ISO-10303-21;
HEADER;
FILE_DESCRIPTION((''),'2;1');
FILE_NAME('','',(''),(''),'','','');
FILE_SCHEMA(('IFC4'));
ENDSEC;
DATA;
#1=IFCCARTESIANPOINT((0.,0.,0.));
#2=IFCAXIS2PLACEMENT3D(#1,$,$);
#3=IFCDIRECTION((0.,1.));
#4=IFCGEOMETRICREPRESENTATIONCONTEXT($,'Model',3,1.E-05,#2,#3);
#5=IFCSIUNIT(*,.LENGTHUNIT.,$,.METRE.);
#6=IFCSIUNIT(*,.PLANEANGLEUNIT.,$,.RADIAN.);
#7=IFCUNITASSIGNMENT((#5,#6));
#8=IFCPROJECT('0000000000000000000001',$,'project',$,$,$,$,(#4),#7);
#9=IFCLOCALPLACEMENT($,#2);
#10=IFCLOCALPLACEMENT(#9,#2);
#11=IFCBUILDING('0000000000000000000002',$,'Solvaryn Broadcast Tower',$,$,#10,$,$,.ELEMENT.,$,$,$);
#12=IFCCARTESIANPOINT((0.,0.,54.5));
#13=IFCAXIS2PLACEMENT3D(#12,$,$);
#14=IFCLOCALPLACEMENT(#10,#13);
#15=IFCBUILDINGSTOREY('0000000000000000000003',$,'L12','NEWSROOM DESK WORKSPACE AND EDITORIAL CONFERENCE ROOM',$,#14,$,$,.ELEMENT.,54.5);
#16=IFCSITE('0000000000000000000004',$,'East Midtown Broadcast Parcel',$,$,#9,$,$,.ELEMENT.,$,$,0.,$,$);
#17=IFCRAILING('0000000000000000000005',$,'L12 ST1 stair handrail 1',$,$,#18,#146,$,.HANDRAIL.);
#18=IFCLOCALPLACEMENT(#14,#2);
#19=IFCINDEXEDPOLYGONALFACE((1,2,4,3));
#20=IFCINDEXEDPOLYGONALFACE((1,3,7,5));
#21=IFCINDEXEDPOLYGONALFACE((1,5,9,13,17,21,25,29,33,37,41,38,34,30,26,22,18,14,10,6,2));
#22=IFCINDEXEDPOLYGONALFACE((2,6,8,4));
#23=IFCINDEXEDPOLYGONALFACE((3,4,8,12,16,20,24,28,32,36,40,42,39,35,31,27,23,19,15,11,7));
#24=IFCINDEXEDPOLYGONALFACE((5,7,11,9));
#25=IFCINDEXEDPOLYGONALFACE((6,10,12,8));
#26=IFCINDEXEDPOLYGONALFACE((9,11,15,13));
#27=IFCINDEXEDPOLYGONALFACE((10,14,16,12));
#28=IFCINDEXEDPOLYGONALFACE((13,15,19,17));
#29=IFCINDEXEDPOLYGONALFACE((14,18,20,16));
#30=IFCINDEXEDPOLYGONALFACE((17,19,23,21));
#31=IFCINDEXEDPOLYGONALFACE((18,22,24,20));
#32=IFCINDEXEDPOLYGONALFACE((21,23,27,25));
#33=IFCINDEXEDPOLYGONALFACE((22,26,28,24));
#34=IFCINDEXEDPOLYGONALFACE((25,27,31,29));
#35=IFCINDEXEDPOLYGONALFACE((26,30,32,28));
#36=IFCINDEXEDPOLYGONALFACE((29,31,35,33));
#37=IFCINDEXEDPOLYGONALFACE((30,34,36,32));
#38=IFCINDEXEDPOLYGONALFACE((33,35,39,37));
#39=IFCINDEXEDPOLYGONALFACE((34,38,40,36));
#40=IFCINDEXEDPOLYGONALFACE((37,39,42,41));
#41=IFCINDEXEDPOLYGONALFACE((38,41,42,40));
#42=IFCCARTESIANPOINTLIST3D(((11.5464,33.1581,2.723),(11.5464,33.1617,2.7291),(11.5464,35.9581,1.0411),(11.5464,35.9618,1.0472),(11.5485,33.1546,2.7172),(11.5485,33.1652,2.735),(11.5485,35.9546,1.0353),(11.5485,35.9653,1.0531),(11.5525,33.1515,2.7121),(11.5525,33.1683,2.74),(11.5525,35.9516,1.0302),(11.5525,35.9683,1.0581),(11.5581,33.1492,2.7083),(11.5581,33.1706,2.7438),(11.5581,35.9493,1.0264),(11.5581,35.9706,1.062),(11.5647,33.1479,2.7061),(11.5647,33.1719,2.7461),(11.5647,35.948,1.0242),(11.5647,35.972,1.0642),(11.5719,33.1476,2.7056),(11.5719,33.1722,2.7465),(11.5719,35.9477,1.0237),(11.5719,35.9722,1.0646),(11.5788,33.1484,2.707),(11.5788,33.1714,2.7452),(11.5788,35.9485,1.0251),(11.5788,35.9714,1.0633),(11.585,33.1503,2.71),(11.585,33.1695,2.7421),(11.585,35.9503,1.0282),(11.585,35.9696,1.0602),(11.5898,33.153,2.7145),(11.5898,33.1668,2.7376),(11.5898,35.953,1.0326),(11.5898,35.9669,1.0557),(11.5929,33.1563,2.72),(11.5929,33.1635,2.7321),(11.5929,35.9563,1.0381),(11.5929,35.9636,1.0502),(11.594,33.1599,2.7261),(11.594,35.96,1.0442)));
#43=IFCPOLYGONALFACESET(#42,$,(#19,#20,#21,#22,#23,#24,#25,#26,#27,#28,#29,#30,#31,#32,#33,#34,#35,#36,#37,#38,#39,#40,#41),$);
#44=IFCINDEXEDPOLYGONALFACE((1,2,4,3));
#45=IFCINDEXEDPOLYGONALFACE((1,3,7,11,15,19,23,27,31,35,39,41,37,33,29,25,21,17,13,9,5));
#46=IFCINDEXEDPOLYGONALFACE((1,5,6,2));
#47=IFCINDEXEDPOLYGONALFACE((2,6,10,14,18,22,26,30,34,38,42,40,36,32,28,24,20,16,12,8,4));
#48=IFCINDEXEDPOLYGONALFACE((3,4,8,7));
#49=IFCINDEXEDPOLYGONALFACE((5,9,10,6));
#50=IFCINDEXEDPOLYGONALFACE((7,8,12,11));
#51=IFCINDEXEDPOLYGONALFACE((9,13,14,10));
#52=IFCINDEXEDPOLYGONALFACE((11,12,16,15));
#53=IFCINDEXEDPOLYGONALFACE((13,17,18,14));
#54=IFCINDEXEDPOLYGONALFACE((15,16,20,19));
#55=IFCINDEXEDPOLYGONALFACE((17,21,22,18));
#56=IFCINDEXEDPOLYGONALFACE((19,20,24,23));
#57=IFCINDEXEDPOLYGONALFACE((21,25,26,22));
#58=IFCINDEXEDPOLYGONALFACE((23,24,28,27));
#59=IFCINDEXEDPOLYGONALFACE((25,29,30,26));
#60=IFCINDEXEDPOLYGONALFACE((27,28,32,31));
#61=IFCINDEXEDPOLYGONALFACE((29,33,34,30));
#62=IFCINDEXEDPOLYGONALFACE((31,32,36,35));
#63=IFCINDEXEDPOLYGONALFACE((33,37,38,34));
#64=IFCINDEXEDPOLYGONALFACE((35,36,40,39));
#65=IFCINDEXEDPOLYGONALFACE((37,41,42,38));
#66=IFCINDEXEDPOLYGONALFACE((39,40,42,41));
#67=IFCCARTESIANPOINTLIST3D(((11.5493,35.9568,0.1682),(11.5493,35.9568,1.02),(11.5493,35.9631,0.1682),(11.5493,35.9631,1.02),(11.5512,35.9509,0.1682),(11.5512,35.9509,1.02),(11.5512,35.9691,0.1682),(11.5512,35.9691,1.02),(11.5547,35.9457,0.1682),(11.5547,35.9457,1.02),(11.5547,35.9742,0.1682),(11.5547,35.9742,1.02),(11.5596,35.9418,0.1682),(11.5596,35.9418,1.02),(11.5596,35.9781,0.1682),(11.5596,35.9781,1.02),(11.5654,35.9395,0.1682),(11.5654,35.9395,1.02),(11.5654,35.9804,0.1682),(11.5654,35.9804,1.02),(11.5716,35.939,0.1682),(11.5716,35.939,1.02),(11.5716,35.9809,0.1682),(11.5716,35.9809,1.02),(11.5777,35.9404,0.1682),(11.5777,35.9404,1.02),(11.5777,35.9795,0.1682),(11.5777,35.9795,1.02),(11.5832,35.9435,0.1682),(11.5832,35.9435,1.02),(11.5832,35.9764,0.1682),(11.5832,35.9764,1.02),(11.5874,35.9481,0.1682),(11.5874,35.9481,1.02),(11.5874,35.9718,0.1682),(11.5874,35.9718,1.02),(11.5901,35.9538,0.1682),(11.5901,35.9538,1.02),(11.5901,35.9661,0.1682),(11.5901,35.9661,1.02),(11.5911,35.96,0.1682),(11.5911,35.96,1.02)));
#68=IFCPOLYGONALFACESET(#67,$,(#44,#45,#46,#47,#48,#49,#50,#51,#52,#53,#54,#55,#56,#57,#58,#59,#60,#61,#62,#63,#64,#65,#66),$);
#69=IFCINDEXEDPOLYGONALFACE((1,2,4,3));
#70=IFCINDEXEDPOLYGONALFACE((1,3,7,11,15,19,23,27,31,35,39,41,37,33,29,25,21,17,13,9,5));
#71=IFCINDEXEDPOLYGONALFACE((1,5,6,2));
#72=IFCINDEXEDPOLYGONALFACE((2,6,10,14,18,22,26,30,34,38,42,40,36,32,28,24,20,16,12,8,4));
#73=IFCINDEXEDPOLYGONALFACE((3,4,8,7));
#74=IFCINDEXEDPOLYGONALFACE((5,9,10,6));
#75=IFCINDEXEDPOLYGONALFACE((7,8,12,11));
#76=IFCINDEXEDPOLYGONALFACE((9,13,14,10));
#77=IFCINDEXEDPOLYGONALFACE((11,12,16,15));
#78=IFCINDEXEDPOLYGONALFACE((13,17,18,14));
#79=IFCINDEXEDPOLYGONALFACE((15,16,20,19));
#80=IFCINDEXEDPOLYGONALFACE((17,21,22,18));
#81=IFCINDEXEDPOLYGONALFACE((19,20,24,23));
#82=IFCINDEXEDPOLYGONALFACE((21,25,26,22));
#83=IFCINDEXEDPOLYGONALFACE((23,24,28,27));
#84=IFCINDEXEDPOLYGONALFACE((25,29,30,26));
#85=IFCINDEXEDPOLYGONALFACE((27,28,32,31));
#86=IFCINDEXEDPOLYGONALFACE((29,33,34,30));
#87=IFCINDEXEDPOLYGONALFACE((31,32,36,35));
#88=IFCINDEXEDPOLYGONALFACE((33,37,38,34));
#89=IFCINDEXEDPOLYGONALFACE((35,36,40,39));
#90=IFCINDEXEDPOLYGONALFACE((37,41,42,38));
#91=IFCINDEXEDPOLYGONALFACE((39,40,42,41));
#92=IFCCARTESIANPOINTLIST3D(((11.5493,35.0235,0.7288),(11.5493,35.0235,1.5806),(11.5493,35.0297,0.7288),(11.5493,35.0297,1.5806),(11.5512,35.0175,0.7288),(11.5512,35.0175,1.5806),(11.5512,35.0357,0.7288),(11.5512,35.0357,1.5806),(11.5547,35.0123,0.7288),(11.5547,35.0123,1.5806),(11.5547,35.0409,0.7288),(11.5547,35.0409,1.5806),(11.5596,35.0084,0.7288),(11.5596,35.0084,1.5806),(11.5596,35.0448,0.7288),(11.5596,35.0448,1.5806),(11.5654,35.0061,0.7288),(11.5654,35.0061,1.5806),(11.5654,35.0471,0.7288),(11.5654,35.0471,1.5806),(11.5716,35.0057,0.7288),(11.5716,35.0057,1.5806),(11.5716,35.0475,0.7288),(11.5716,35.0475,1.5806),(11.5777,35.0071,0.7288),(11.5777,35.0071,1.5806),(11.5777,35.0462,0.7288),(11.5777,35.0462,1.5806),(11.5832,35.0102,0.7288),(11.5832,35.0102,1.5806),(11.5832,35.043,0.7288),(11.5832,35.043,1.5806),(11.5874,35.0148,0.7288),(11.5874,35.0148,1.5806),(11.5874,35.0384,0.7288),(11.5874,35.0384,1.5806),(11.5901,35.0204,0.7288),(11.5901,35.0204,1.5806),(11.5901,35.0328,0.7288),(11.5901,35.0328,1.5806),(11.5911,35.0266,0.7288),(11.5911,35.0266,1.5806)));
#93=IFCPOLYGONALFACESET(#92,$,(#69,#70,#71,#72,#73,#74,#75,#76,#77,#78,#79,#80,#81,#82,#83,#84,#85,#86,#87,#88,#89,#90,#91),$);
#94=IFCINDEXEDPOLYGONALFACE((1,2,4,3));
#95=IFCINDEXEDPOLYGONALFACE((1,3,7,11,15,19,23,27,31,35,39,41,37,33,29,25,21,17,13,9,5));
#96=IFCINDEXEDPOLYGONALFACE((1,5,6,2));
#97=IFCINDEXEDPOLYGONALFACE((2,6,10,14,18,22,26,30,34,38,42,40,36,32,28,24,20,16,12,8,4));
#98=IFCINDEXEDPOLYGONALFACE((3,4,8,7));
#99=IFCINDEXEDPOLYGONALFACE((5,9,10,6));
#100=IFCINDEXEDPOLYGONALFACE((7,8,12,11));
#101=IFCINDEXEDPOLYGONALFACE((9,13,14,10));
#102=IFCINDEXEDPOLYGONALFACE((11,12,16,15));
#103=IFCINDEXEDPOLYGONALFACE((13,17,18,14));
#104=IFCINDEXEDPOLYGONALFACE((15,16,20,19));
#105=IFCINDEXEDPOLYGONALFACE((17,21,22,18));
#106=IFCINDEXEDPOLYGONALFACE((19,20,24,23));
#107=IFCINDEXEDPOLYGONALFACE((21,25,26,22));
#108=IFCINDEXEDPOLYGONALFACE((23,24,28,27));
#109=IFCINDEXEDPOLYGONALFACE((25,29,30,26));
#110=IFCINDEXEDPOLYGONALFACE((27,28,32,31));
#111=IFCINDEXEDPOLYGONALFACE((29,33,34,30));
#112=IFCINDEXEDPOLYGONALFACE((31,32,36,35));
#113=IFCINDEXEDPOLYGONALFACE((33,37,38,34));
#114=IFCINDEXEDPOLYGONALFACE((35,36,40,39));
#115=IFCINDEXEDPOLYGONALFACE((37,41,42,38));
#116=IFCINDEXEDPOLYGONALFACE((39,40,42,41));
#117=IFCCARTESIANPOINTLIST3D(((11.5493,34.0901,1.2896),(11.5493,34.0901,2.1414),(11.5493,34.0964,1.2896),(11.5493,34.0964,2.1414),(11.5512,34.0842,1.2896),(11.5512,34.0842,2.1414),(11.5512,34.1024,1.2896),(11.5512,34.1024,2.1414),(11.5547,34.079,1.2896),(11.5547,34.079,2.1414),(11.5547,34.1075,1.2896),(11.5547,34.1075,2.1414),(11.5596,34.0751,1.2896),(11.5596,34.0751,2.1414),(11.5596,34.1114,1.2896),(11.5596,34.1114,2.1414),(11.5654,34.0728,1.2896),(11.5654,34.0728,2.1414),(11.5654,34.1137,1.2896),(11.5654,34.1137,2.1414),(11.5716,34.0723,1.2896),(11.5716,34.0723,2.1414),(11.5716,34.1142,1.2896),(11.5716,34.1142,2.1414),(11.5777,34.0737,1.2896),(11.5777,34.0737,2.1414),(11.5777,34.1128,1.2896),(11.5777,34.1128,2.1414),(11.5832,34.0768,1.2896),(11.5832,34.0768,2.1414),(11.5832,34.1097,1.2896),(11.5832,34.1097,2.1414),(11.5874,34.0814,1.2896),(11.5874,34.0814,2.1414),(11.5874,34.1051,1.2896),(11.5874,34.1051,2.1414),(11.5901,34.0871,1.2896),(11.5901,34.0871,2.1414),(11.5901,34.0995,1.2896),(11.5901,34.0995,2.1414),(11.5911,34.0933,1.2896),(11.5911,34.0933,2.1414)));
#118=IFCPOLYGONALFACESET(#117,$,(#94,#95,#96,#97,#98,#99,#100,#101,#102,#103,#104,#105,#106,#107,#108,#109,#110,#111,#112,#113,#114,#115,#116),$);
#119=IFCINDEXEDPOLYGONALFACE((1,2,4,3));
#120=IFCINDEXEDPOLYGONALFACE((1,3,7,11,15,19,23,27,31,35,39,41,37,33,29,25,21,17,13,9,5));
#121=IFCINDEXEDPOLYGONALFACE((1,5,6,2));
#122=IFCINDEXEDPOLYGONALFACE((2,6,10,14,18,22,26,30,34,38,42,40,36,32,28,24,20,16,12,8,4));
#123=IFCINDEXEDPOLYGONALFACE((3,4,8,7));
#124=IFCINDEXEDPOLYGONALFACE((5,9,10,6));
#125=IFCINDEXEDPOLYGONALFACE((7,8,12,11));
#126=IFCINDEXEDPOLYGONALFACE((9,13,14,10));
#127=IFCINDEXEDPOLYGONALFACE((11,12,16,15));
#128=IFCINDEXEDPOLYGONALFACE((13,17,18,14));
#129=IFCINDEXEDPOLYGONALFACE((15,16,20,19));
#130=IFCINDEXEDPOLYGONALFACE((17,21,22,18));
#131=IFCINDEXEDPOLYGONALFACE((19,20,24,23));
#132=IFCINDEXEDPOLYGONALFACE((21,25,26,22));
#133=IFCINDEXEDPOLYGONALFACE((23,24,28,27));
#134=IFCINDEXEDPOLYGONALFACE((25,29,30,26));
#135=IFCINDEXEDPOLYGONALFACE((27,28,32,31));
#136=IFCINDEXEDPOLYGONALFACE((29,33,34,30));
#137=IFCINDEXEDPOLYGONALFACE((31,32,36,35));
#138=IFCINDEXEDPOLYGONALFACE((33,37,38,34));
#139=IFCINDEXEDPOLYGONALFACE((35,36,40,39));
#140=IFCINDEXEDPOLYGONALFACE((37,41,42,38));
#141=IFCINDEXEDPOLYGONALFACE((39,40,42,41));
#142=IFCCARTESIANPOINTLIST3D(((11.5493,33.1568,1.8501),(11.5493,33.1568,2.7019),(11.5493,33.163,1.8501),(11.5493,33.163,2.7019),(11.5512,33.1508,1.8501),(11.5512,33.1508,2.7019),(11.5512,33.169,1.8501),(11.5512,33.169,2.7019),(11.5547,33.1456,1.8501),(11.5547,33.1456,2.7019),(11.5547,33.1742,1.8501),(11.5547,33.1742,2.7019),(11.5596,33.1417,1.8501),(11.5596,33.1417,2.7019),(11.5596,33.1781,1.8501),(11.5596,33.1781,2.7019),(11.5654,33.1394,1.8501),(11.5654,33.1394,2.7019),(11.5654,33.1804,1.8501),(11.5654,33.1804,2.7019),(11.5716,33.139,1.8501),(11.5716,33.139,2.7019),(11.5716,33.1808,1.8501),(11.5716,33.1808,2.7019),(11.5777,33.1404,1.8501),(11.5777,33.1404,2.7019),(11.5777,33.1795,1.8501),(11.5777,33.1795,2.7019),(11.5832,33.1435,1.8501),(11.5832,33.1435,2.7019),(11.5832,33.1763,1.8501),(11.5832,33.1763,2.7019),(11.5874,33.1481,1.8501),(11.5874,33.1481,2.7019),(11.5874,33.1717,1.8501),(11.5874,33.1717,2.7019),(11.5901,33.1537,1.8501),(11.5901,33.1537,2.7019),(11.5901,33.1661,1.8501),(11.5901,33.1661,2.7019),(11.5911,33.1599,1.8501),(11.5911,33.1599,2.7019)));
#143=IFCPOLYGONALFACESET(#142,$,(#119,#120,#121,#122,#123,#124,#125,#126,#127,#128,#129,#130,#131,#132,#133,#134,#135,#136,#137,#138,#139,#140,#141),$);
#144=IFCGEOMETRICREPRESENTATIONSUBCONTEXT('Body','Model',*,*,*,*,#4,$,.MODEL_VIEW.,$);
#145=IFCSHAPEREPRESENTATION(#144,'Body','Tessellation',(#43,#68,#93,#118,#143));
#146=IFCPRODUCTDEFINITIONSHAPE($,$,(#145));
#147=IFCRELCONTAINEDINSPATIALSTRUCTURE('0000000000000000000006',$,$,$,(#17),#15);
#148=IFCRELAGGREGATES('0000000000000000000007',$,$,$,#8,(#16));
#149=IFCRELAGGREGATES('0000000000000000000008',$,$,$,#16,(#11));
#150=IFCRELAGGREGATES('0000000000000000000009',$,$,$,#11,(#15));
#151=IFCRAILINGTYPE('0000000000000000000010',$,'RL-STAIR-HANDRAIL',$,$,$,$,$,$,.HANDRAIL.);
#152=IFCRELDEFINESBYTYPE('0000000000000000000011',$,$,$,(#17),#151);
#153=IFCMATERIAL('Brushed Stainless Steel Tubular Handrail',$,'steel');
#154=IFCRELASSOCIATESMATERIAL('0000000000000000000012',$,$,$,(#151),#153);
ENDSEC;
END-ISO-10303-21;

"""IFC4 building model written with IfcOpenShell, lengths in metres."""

from ifc_helpers import new_model, si_unit, direction, frame, origin, origin_2d, place, context, subcontext, project, spatial, circle, extrude, material, type_object, element, save


model = new_model("IFC4")

# Units and contexts
model_context = context("Model", 3, precision=1e-05, world=origin(), true_north=direction((0.0, 1.0)))
body_context = subcontext(model_context, "Body", "Model", "MODEL_VIEW")
ifc_project = project(units=[si_unit("LENGTHUNIT", "METRE"), si_unit("PLANEANGLEUNIT", "RADIAN")], contexts=[model_context])

# Site, building, storey
site_placement = place(None, origin())
site = spatial("IfcSite", under=ifc_project, at=site_placement, Name="East Midtown Broadcast Parcel", CompositionType="ELEMENT", RefElevation=0.0)
building_placement = place(site_placement, origin())
building = spatial("IfcBuilding", under=site, at=building_placement, Name="Solvaryn Broadcast Tower", CompositionType="ELEMENT")
storey_placement = place(building_placement, frame((0.0, 0.0, 54.5)))
storey = spatial("IfcBuildingStorey", under=building, at=storey_placement, Name="L12", Description="NEWSROOM DESK WORKSPACE AND EDITORIAL CONFERENCE ROOM", CompositionType="ELEMENT", Elevation=54.5)

# Railing
ifc_material_1 = material(Name="Brushed Stainless Steel Tubular Handrail", Category="steel")
railing_type_1 = type_object("IfcRailingType", Name="RL-STAIR-HANDRAIL", PredefinedType="HANDRAIL", material=ifc_material_1)
railing_1_placement = place(storey_placement, frame((11.5701, 35.96, 0.1682)))
element("IfcRailing", 1, at=railing_1_placement, inside=storey, type_object=railing_type_1, Name="L12 ST1 stair handrail 1", PredefinedType="HANDRAIL", context=body_context, shape_type="SweptSolid", body=[
    extrude(circle(Radius=0.0239, at=origin_2d()), frame((0.0, 0.0, 0.876), z_axis=(0.0, -0.857242, 0.514913), x_axis=(1.0, 0.0, 0.0)), (0.0, 0.0, 1.0), 3.2664),
    extrude(circle(Radius=0.021, at=origin_2d()), origin(), (0.0, 0.0, 1.0), 0.8518),
    extrude(circle(Radius=0.021, at=origin_2d()), frame((0.0, -0.9333, 0.5605)), (0.0, 0.0, 1.0), 0.8518),
    extrude(circle(Radius=0.021, at=origin_2d()), frame((0.0, -1.8667, 1.1213)), (0.0, 0.0, 1.0), 0.8518),
    extrude(circle(Radius=0.021, at=origin_2d()), frame((0.0, -2.8, 1.6819)), (0.0, 0.0, 1.0), 0.8518),
])

save(model, "model.ifc")
